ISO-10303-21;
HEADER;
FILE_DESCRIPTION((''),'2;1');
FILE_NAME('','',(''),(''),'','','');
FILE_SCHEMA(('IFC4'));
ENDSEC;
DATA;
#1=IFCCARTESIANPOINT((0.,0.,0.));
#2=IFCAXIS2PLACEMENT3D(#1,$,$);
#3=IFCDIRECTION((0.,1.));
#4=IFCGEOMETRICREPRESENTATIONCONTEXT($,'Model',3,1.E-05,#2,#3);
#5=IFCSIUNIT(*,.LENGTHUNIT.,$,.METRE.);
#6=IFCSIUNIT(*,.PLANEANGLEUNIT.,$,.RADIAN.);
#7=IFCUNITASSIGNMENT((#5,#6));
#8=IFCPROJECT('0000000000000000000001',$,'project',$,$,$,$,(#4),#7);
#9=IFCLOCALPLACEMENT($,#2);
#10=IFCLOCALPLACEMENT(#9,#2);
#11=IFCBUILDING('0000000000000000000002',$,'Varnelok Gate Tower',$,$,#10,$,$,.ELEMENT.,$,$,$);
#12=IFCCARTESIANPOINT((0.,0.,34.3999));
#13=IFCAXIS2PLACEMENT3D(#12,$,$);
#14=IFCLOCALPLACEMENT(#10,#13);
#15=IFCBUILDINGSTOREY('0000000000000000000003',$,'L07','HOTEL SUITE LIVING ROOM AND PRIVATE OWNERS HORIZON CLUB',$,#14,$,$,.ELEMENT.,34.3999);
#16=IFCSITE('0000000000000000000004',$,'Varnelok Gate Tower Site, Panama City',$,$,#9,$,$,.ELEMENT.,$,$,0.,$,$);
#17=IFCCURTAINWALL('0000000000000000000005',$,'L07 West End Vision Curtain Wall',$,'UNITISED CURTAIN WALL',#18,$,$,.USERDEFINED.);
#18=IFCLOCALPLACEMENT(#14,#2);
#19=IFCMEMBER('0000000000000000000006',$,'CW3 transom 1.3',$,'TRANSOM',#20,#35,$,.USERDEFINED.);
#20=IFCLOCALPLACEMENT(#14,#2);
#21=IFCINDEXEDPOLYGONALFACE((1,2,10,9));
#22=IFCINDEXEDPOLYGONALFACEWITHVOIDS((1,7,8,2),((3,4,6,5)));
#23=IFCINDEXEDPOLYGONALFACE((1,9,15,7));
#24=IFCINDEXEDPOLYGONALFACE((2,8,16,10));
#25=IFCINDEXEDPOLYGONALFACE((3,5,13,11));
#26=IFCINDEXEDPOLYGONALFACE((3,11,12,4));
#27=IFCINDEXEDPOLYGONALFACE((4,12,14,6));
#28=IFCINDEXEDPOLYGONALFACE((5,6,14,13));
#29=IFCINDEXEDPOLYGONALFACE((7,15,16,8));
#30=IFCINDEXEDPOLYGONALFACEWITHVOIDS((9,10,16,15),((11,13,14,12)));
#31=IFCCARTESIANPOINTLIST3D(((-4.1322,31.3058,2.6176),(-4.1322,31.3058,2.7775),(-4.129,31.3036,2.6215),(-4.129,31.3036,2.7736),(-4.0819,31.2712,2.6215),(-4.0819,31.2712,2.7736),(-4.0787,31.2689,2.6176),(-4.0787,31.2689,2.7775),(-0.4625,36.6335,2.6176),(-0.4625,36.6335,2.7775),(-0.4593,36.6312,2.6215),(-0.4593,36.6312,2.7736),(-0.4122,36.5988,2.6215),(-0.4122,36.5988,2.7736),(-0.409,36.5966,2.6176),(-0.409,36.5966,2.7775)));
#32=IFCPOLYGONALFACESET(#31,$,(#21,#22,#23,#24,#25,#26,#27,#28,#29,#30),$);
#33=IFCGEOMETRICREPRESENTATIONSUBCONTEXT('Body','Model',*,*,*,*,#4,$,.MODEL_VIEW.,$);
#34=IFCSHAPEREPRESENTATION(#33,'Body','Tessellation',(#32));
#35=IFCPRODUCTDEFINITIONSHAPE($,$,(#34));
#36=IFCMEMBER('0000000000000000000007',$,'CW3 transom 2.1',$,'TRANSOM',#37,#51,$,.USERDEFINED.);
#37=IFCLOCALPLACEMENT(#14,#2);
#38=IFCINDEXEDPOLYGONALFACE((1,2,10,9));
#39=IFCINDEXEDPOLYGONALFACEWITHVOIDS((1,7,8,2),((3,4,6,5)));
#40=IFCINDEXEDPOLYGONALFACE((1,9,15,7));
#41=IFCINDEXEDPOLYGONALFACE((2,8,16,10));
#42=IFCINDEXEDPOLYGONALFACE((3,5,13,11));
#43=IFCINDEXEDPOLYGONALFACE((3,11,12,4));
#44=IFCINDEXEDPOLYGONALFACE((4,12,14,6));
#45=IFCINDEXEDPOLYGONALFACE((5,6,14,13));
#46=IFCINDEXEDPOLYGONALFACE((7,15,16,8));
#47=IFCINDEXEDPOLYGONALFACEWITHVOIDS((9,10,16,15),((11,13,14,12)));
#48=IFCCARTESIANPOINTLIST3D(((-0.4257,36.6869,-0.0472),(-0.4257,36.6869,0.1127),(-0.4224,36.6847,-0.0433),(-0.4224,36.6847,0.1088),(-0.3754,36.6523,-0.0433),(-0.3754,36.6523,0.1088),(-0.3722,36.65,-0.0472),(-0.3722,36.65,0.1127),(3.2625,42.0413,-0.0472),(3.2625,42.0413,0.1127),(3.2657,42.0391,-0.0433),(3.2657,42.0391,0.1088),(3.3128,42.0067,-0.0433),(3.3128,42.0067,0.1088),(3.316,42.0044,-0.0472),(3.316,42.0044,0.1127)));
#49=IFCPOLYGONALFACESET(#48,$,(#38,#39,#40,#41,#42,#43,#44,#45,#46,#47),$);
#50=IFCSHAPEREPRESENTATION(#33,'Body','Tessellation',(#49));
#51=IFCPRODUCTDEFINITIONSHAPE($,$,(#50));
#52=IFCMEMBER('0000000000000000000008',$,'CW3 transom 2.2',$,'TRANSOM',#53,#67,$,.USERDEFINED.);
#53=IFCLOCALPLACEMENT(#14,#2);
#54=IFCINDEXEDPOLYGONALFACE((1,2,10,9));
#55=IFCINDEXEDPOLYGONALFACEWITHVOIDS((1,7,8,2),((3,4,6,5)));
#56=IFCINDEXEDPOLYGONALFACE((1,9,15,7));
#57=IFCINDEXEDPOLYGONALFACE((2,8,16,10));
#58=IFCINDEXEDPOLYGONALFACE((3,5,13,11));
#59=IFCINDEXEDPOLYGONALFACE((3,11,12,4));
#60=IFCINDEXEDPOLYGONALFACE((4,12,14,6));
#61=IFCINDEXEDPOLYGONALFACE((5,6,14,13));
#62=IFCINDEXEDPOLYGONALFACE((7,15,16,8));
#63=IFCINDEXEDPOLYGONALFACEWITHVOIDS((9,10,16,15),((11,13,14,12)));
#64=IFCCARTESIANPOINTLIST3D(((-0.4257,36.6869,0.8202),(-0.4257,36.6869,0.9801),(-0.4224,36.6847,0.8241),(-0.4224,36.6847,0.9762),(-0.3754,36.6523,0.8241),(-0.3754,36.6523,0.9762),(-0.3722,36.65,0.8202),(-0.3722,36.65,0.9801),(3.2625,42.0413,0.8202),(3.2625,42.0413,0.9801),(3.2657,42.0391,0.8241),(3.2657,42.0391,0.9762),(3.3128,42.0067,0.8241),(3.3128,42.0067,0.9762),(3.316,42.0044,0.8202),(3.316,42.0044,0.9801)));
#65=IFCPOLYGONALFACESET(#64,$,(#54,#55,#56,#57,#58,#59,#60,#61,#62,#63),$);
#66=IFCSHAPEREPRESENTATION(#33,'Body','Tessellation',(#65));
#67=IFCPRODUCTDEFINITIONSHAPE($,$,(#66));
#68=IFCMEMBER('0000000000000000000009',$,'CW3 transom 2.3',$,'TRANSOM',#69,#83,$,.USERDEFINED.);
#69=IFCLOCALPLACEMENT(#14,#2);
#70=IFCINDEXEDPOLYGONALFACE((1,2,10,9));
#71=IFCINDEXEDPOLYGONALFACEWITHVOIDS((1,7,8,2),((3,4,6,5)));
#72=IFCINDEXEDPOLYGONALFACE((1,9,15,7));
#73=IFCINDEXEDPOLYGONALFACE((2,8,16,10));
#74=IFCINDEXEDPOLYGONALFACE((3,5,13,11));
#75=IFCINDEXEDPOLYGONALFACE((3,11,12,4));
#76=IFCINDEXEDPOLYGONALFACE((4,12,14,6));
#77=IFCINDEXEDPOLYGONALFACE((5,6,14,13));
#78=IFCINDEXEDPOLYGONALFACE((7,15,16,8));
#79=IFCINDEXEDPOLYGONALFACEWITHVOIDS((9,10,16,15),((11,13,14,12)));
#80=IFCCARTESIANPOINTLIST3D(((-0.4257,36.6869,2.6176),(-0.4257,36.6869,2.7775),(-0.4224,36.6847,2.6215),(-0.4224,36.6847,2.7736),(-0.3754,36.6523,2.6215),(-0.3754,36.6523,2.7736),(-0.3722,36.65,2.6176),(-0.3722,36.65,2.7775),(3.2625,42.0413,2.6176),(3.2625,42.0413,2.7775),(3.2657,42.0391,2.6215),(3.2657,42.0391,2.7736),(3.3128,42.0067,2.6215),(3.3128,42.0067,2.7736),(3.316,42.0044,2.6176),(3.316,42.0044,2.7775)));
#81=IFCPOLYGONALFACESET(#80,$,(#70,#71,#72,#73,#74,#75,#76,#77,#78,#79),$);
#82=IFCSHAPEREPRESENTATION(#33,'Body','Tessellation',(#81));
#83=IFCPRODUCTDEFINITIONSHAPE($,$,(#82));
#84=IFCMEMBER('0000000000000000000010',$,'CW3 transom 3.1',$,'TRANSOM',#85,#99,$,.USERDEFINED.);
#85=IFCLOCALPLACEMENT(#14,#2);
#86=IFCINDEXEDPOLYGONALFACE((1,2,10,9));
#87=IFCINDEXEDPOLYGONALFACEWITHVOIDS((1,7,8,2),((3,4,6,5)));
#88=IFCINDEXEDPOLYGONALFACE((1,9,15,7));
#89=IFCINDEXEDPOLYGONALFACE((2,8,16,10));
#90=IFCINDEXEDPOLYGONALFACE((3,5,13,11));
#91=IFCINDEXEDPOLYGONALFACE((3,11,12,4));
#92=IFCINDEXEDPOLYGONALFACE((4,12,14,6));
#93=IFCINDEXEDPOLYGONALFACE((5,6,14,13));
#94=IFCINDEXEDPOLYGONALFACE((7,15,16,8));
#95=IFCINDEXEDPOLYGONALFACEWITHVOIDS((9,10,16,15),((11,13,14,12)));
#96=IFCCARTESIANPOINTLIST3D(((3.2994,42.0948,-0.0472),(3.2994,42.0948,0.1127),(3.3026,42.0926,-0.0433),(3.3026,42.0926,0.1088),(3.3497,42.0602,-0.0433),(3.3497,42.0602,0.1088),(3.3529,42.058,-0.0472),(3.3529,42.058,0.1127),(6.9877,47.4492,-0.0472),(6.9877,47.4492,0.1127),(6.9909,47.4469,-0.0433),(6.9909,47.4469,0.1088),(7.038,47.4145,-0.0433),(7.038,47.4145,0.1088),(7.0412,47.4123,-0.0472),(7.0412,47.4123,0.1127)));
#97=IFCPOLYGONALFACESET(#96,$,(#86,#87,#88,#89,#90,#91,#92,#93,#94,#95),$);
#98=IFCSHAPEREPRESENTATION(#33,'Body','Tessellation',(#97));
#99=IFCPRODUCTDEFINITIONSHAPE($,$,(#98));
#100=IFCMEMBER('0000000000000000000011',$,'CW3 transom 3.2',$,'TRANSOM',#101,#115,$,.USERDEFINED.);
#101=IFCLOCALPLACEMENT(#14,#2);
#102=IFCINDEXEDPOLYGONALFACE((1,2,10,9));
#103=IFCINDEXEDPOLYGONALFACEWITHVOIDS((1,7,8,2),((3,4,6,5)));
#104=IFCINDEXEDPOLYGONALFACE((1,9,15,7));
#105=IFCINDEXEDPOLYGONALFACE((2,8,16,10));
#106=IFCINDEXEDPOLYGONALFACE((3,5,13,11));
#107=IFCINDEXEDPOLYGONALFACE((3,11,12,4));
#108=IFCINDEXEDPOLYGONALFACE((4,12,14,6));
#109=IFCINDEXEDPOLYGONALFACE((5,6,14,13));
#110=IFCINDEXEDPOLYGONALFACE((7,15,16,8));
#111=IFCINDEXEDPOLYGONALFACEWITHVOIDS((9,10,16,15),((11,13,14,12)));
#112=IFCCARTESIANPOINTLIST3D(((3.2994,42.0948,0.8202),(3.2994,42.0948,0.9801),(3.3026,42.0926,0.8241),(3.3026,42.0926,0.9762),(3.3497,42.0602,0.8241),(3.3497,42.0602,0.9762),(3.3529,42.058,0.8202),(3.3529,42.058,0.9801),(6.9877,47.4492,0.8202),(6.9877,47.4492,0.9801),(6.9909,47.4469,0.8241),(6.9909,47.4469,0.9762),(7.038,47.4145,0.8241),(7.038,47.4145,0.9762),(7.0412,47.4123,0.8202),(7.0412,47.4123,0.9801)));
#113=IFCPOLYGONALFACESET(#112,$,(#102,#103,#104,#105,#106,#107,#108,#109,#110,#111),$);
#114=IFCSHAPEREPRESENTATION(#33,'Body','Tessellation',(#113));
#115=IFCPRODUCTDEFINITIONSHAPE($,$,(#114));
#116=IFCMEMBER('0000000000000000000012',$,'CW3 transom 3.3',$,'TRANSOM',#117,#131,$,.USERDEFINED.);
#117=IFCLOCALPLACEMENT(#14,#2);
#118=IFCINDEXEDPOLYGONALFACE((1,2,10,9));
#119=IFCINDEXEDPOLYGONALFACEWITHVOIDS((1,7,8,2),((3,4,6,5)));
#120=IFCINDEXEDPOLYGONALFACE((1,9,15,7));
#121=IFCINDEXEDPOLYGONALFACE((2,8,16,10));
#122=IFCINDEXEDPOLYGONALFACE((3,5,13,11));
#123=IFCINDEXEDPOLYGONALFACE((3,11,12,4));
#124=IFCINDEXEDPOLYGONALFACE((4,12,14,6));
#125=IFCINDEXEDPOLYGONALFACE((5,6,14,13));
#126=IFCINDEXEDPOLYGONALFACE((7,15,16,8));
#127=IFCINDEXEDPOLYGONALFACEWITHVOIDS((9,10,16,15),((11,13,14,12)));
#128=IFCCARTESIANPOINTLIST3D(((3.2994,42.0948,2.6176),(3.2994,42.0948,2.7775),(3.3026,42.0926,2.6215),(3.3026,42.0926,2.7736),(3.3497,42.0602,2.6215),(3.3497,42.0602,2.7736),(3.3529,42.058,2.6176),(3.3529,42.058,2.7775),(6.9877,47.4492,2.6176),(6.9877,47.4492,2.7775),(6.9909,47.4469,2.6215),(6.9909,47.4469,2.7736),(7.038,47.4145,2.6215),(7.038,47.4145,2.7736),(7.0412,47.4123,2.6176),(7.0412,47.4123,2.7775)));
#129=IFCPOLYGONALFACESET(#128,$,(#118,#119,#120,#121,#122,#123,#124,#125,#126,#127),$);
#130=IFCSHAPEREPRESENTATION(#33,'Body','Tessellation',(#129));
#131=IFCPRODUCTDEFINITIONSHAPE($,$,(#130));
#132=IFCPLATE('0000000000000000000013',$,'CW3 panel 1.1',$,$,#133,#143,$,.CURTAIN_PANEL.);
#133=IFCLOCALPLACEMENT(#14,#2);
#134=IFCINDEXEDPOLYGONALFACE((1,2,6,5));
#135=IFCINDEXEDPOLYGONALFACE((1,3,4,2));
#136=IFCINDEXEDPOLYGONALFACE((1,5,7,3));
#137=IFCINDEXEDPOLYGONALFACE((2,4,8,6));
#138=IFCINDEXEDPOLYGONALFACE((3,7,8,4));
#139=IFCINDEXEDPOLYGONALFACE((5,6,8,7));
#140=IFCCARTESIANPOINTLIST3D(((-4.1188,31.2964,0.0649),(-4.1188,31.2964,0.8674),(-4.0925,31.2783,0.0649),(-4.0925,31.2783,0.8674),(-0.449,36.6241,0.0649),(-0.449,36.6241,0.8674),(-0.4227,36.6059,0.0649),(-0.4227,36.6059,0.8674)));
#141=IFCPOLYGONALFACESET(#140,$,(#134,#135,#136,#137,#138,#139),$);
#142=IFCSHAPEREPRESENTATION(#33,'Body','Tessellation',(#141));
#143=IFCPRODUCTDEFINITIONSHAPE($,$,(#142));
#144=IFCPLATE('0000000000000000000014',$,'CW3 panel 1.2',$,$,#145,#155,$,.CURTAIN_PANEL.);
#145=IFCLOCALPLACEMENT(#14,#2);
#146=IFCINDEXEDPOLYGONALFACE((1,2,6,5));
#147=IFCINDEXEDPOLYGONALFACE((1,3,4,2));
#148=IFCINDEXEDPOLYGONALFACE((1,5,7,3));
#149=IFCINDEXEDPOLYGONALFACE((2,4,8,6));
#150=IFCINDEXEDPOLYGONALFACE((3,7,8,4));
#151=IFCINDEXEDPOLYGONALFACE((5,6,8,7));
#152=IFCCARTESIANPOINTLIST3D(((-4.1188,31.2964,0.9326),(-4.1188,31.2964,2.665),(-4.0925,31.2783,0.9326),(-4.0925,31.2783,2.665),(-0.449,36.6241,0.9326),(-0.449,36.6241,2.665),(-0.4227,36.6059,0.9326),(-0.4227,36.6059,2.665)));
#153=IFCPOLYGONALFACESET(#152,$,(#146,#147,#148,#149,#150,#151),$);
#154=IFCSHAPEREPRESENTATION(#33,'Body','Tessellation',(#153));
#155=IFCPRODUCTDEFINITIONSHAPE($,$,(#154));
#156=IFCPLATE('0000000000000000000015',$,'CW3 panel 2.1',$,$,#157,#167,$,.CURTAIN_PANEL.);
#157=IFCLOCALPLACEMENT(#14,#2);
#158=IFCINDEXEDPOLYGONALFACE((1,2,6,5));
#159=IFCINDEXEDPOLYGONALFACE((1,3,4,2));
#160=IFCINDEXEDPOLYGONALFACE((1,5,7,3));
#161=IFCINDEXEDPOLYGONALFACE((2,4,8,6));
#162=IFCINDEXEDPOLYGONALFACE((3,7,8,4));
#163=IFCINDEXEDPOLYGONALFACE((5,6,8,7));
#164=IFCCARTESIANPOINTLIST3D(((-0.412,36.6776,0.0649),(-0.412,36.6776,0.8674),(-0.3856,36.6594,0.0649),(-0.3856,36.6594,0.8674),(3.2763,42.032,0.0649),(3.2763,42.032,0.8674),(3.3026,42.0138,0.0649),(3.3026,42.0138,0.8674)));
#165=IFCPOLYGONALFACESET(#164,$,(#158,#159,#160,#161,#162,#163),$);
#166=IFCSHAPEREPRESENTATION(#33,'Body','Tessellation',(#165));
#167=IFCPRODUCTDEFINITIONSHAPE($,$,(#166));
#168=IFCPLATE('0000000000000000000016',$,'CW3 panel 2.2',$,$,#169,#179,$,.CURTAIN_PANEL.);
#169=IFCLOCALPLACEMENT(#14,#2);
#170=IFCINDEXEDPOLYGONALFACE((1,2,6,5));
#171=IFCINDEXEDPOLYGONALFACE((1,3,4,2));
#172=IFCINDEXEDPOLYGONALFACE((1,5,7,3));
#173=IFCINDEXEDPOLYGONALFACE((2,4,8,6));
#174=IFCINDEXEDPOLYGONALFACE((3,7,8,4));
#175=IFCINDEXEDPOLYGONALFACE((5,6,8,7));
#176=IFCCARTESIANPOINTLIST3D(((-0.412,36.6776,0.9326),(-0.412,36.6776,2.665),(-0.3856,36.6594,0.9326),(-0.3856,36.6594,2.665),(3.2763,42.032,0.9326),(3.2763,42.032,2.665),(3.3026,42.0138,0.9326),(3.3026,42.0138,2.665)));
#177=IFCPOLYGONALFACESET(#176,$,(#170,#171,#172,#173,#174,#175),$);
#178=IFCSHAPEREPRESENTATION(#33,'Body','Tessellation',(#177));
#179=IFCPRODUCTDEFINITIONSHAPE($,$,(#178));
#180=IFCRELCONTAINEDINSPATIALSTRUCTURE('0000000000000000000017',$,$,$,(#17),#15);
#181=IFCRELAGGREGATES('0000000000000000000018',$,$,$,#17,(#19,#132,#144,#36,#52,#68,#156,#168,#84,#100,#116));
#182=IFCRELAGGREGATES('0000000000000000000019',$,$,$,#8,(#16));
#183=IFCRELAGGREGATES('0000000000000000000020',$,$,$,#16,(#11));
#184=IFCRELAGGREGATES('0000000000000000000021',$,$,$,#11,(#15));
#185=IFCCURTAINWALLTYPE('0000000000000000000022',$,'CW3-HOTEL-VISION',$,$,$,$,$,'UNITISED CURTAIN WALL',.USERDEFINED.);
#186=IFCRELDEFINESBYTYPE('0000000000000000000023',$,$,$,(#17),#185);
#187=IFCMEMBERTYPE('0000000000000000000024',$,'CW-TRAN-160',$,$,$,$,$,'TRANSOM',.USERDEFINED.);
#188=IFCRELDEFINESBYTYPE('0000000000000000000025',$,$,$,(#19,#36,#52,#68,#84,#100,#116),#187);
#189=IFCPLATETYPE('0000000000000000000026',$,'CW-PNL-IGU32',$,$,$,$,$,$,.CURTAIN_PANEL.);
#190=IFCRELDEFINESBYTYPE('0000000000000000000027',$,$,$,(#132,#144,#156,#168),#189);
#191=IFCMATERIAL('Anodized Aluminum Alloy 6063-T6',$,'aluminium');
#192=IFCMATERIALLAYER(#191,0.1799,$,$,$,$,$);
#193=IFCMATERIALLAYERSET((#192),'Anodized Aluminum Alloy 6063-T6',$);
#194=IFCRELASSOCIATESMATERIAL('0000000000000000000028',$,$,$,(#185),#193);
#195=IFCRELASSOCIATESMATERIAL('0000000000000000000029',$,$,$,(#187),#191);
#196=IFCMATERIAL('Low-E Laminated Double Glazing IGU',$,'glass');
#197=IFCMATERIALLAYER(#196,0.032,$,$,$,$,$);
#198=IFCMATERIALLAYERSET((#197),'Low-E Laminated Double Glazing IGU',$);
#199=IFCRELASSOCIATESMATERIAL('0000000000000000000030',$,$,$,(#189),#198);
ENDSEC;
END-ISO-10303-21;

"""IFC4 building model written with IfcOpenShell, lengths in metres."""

from ifc_helpers import new_model, si_unit, direction, frame, origin, origin_2d, place, context, subcontext, project, spatial, rectangle, hollow_rectangle, extrude, source, transform, mapped, material, layer, layer_set, material_profile, profile_set, type_object, element, aggregate, save


model = new_model("IFC4")

# Units and contexts
model_context = context("Model", 3, precision=1e-05, world=origin(), true_north=direction((0.0, 1.0)))
body_context = subcontext(model_context, "Body", "Model", "MODEL_VIEW")
ifc_project = project(units=[si_unit("LENGTHUNIT", "METRE"), si_unit("PLANEANGLEUNIT", "RADIAN")], contexts=[model_context])

# Site, building, storey
site_placement = place(None, origin())
site = spatial("IfcSite", under=ifc_project, at=site_placement, Name="Varnelok Gate Tower Site, Panama City", CompositionType="ELEMENT", RefElevation=0.0)
building_placement = place(site_placement, origin())
building = spatial("IfcBuilding", under=site, at=building_placement, Name="Varnelok Gate Tower", CompositionType="ELEMENT")
storey_placement = place(building_placement, frame((0.0, 0.0, 34.3999)))
storey = spatial("IfcBuildingStorey", under=building, at=storey_placement, Name="L07", Description="HOTEL SUITE LIVING ROOM AND PRIVATE OWNERS HORIZON CLUB", CompositionType="ELEMENT", Elevation=34.3999)

# Curtain wall, members, plates
ifc_material_1 = material(Name="Anodized Aluminum Alloy 6063-T6", Category="aluminium")
ifc_layer_1 = layer(ifc_material_1, 0.1799)
ifc_layer_set_1 = layer_set([ifc_layer_1], Name="Anodized Aluminum Alloy 6063-T6")
curtain_wall_type = type_object("IfcCurtainWallType", Name="CW3-HOTEL-VISION", ElementType="UNITISED CURTAIN WALL", PredefinedType="USERDEFINED", material=ifc_layer_set_1)
curtain_wall_placement = place(storey_placement, origin())
curtain_wall = element("IfcCurtainWall", 1, at=curtain_wall_placement, inside=storey, type_object=curtain_wall_type, Name="L07 West End Vision Curtain Wall", ObjectType="UNITISED CURTAIN WALL", PredefinedType="USERDEFINED")
ifc_material_profile_1 = material_profile(ifc_material_1, hollow_rectangle(XDim=0.0649, YDim=0.1599, WallThickness=0.0039, at=origin_2d()), Name="ALU160X65X4")
ifc_profile_set_1 = profile_set([ifc_material_profile_1], Name="Anodized Aluminum Alloy 6063-T6")
member_type_1 = type_object("IfcMemberType", Name="CW-TRAN-160", ElementType="TRANSOM", PredefinedType="USERDEFINED", material=ifc_profile_set_1)
member_1_placement = place(storey_placement, frame((-4.1055, 31.2874, 2.6975), z_axis=(0.567256, 0.823542, 0.0), x_axis=(-0.823542, 0.567256, 0.0)))
member_1 = element("IfcMember", 2, at=member_1_placement, type_object=member_type_1, Name="CW3 transom 1.3", ObjectType="TRANSOM", PredefinedType="USERDEFINED", context=body_context, shape_type="SweptSolid", body=[
    extrude(hollow_rectangle(XDim=0.0649, YDim=0.1599, WallThickness=0.0039, at=origin_2d()), origin(), (0.0, 0.0, 1.0), 6.4692),
])
member_2_placement = place(storey_placement, frame((-0.3989, 36.6685, 0.0327), z_axis=(0.567262, 0.823538, 0.0), x_axis=(-0.823538, 0.567262, 0.0)))
member_2 = element("IfcMember", 3, at=member_2_placement, type_object=member_type_1, Name="CW3 transom 2.1", ObjectType="TRANSOM", PredefinedType="USERDEFINED", context=body_context, shape_type="SweptSolid", body=[
    extrude(hollow_rectangle(XDim=0.0649, YDim=0.1599, WallThickness=0.0039, at=origin_2d()), origin(), (0.0, 0.0, 1.0), 6.5017),
])
member_3_placement = place(storey_placement, frame((-0.3989, 36.6685, 0.9001), z_axis=(0.567262, 0.823538, 0.0), x_axis=(-0.823538, 0.567262, 0.0)))
member_3 = element("IfcMember", 4, at=member_3_placement, type_object=member_type_1, Name="CW3 transom 2.2", ObjectType="TRANSOM", PredefinedType="USERDEFINED", context=body_context, shape_type="SweptSolid", body=[
    extrude(hollow_rectangle(XDim=0.0649, YDim=0.1599, WallThickness=0.0039, at=origin_2d()), origin(), (0.0, 0.0, 1.0), 6.5017),
])
member_4_placement = place(storey_placement, frame((-0.3989, 36.6685, 2.6975), z_axis=(0.567262, 0.823538, 0.0), x_axis=(-0.823538, 0.567262, 0.0)))
member_4 = element("IfcMember", 5, at=member_4_placement, type_object=member_type_1, Name="CW3 transom 2.3", ObjectType="TRANSOM", PredefinedType="USERDEFINED", context=body_context, shape_type="SweptSolid", body=[
    extrude(hollow_rectangle(XDim=0.0649, YDim=0.1599, WallThickness=0.0039, at=origin_2d()), origin(), (0.0, 0.0, 1.0), 6.5017),
])
member_5_placement = place(storey_placement, frame((3.3262, 42.0764, 0.0327), z_axis=(0.567279, 0.823526, 0.0), x_axis=(-0.823526, 0.567279, 0.0)))
member_5 = element("IfcMember", 6, at=member_5_placement, type_object=member_type_1, Name="CW3 transom 3.1", ObjectType="TRANSOM", PredefinedType="USERDEFINED", context=body_context, shape_type="SweptSolid", body=[
    extrude(hollow_rectangle(XDim=0.0649, YDim=0.1599, WallThickness=0.0039, at=origin_2d()), origin(), (0.0, 0.0, 1.0), 6.5017),
])
member_6_placement = place(storey_placement, frame((3.3262, 42.0764, 0.9001), z_axis=(0.567279, 0.823526, 0.0), x_axis=(-0.823526, 0.567279, 0.0)))
member_6 = element("IfcMember", 7, at=member_6_placement, type_object=member_type_1, Name="CW3 transom 3.2", ObjectType="TRANSOM", PredefinedType="USERDEFINED", context=body_context, shape_type="SweptSolid", body=[
    extrude(hollow_rectangle(XDim=0.0649, YDim=0.1599, WallThickness=0.0039, at=origin_2d()), origin(), (0.0, 0.0, 1.0), 6.5017),
])
member_7_placement = place(storey_placement, frame((3.3262, 42.0764, 2.6975), z_axis=(0.567279, 0.823526, 0.0), x_axis=(-0.823526, 0.567279, 0.0)))
member_7 = element("IfcMember", 8, at=member_7_placement, type_object=member_type_1, Name="CW3 transom 3.3", ObjectType="TRANSOM", PredefinedType="USERDEFINED", context=body_context, shape_type="SweptSolid", body=[
    extrude(hollow_rectangle(XDim=0.0649, YDim=0.1599, WallThickness=0.0039, at=origin_2d()), origin(), (0.0, 0.0, 1.0), 6.5017),
])
ifc_material_2 = material(Name="Low-E Laminated Double Glazing IGU", Category="glass")
ifc_layer_2 = layer(ifc_material_2, 0.032)
ifc_layer_set_2 = layer_set([ifc_layer_2], Name="Low-E Laminated Double Glazing IGU")
plate_type = type_object("IfcPlateType", Name="CW-PNL-IGU32", PredefinedType="CURTAIN_PANEL", material=ifc_layer_set_2)
shared_shape_1 = source(origin(), body_context, "Body", "SweptSolid", [
    extrude(rectangle(XDim=6.4692, YDim=0.032, at=origin_2d()), origin(), (0.0, 0.0, 1.0), 0.8025),
])
plate_1_placement = place(storey_placement, frame((-2.2708, 33.9512, 0.0649), z_axis=(0.0, 0.0, 1.0), x_axis=(0.567269, 0.823533, 0.0)))
plate_1 = element("IfcPlate", 9, at=plate_1_placement, type_object=plate_type, Name="CW3 panel 1.1", PredefinedType="CURTAIN_PANEL", context=body_context, shape_type="MappedRepresentation", body=[
    mapped(shared_shape_1, transform((0.0, 0.0, 0.0), scale=1.0)),
])
shared_shape_2 = source(origin(), body_context, "Body", "SweptSolid", [
    extrude(rectangle(XDim=6.4692, YDim=0.032, at=origin_2d()), origin(), (0.0, 0.0, 1.0), 1.7324),
])
plate_2_placement = place(storey_placement, frame((-2.2708, 33.9512, 0.9326), z_axis=(0.0, 0.0, 1.0), x_axis=(0.567269, 0.823533, 0.0)))
plate_2 = element("IfcPlate", 10, at=plate_2_placement, type_object=plate_type, Name="CW3 panel 1.2", PredefinedType="CURTAIN_PANEL", context=body_context, shape_type="MappedRepresentation", body=[
    mapped(shared_shape_2, transform((0.0, 0.0, 0.0), scale=1.0)),
])
shared_shape_3 = source(origin(), body_context, "Body", "SweptSolid", [
    extrude(rectangle(XDim=6.5017, YDim=0.032, at=origin_2d()), origin(), (0.0, 0.0, 1.0), 0.8025),
])
plate_3_placement = place(storey_placement, frame((1.4453, 39.3457, 0.0649), z_axis=(0.0, 0.0, 1.0), x_axis=(0.567269, 0.823533, 0.0)))
plate_3 = element("IfcPlate", 11, at=plate_3_placement, type_object=plate_type, Name="CW3 panel 2.1", PredefinedType="CURTAIN_PANEL", context=body_context, shape_type="MappedRepresentation", body=[
    mapped(shared_shape_3, transform((0.0, 0.0, 0.0), scale=1.0)),
])
shared_shape_4 = source(origin(), body_context, "Body", "SweptSolid", [
    extrude(rectangle(XDim=6.5017, YDim=0.032, at=origin_2d()), origin(), (0.0, 0.0, 1.0), 1.7324),
])
plate_4_placement = place(storey_placement, frame((1.4453, 39.3457, 0.9326), z_axis=(0.0, 0.0, 1.0), x_axis=(0.567269, 0.823533, 0.0)))
plate_4 = element("IfcPlate", 12, at=plate_4_placement, type_object=plate_type, Name="CW3 panel 2.2", PredefinedType="CURTAIN_PANEL", context=body_context, shape_type="MappedRepresentation", body=[
    mapped(shared_shape_4, transform((0.0, 0.0, 0.0), scale=1.0)),
])
aggregate(curtain_wall, [member_1, plate_1, plate_2, member_2, member_3, member_4, plate_3, plate_4, member_5, member_6, member_7])

save(model, "model.ifc")
